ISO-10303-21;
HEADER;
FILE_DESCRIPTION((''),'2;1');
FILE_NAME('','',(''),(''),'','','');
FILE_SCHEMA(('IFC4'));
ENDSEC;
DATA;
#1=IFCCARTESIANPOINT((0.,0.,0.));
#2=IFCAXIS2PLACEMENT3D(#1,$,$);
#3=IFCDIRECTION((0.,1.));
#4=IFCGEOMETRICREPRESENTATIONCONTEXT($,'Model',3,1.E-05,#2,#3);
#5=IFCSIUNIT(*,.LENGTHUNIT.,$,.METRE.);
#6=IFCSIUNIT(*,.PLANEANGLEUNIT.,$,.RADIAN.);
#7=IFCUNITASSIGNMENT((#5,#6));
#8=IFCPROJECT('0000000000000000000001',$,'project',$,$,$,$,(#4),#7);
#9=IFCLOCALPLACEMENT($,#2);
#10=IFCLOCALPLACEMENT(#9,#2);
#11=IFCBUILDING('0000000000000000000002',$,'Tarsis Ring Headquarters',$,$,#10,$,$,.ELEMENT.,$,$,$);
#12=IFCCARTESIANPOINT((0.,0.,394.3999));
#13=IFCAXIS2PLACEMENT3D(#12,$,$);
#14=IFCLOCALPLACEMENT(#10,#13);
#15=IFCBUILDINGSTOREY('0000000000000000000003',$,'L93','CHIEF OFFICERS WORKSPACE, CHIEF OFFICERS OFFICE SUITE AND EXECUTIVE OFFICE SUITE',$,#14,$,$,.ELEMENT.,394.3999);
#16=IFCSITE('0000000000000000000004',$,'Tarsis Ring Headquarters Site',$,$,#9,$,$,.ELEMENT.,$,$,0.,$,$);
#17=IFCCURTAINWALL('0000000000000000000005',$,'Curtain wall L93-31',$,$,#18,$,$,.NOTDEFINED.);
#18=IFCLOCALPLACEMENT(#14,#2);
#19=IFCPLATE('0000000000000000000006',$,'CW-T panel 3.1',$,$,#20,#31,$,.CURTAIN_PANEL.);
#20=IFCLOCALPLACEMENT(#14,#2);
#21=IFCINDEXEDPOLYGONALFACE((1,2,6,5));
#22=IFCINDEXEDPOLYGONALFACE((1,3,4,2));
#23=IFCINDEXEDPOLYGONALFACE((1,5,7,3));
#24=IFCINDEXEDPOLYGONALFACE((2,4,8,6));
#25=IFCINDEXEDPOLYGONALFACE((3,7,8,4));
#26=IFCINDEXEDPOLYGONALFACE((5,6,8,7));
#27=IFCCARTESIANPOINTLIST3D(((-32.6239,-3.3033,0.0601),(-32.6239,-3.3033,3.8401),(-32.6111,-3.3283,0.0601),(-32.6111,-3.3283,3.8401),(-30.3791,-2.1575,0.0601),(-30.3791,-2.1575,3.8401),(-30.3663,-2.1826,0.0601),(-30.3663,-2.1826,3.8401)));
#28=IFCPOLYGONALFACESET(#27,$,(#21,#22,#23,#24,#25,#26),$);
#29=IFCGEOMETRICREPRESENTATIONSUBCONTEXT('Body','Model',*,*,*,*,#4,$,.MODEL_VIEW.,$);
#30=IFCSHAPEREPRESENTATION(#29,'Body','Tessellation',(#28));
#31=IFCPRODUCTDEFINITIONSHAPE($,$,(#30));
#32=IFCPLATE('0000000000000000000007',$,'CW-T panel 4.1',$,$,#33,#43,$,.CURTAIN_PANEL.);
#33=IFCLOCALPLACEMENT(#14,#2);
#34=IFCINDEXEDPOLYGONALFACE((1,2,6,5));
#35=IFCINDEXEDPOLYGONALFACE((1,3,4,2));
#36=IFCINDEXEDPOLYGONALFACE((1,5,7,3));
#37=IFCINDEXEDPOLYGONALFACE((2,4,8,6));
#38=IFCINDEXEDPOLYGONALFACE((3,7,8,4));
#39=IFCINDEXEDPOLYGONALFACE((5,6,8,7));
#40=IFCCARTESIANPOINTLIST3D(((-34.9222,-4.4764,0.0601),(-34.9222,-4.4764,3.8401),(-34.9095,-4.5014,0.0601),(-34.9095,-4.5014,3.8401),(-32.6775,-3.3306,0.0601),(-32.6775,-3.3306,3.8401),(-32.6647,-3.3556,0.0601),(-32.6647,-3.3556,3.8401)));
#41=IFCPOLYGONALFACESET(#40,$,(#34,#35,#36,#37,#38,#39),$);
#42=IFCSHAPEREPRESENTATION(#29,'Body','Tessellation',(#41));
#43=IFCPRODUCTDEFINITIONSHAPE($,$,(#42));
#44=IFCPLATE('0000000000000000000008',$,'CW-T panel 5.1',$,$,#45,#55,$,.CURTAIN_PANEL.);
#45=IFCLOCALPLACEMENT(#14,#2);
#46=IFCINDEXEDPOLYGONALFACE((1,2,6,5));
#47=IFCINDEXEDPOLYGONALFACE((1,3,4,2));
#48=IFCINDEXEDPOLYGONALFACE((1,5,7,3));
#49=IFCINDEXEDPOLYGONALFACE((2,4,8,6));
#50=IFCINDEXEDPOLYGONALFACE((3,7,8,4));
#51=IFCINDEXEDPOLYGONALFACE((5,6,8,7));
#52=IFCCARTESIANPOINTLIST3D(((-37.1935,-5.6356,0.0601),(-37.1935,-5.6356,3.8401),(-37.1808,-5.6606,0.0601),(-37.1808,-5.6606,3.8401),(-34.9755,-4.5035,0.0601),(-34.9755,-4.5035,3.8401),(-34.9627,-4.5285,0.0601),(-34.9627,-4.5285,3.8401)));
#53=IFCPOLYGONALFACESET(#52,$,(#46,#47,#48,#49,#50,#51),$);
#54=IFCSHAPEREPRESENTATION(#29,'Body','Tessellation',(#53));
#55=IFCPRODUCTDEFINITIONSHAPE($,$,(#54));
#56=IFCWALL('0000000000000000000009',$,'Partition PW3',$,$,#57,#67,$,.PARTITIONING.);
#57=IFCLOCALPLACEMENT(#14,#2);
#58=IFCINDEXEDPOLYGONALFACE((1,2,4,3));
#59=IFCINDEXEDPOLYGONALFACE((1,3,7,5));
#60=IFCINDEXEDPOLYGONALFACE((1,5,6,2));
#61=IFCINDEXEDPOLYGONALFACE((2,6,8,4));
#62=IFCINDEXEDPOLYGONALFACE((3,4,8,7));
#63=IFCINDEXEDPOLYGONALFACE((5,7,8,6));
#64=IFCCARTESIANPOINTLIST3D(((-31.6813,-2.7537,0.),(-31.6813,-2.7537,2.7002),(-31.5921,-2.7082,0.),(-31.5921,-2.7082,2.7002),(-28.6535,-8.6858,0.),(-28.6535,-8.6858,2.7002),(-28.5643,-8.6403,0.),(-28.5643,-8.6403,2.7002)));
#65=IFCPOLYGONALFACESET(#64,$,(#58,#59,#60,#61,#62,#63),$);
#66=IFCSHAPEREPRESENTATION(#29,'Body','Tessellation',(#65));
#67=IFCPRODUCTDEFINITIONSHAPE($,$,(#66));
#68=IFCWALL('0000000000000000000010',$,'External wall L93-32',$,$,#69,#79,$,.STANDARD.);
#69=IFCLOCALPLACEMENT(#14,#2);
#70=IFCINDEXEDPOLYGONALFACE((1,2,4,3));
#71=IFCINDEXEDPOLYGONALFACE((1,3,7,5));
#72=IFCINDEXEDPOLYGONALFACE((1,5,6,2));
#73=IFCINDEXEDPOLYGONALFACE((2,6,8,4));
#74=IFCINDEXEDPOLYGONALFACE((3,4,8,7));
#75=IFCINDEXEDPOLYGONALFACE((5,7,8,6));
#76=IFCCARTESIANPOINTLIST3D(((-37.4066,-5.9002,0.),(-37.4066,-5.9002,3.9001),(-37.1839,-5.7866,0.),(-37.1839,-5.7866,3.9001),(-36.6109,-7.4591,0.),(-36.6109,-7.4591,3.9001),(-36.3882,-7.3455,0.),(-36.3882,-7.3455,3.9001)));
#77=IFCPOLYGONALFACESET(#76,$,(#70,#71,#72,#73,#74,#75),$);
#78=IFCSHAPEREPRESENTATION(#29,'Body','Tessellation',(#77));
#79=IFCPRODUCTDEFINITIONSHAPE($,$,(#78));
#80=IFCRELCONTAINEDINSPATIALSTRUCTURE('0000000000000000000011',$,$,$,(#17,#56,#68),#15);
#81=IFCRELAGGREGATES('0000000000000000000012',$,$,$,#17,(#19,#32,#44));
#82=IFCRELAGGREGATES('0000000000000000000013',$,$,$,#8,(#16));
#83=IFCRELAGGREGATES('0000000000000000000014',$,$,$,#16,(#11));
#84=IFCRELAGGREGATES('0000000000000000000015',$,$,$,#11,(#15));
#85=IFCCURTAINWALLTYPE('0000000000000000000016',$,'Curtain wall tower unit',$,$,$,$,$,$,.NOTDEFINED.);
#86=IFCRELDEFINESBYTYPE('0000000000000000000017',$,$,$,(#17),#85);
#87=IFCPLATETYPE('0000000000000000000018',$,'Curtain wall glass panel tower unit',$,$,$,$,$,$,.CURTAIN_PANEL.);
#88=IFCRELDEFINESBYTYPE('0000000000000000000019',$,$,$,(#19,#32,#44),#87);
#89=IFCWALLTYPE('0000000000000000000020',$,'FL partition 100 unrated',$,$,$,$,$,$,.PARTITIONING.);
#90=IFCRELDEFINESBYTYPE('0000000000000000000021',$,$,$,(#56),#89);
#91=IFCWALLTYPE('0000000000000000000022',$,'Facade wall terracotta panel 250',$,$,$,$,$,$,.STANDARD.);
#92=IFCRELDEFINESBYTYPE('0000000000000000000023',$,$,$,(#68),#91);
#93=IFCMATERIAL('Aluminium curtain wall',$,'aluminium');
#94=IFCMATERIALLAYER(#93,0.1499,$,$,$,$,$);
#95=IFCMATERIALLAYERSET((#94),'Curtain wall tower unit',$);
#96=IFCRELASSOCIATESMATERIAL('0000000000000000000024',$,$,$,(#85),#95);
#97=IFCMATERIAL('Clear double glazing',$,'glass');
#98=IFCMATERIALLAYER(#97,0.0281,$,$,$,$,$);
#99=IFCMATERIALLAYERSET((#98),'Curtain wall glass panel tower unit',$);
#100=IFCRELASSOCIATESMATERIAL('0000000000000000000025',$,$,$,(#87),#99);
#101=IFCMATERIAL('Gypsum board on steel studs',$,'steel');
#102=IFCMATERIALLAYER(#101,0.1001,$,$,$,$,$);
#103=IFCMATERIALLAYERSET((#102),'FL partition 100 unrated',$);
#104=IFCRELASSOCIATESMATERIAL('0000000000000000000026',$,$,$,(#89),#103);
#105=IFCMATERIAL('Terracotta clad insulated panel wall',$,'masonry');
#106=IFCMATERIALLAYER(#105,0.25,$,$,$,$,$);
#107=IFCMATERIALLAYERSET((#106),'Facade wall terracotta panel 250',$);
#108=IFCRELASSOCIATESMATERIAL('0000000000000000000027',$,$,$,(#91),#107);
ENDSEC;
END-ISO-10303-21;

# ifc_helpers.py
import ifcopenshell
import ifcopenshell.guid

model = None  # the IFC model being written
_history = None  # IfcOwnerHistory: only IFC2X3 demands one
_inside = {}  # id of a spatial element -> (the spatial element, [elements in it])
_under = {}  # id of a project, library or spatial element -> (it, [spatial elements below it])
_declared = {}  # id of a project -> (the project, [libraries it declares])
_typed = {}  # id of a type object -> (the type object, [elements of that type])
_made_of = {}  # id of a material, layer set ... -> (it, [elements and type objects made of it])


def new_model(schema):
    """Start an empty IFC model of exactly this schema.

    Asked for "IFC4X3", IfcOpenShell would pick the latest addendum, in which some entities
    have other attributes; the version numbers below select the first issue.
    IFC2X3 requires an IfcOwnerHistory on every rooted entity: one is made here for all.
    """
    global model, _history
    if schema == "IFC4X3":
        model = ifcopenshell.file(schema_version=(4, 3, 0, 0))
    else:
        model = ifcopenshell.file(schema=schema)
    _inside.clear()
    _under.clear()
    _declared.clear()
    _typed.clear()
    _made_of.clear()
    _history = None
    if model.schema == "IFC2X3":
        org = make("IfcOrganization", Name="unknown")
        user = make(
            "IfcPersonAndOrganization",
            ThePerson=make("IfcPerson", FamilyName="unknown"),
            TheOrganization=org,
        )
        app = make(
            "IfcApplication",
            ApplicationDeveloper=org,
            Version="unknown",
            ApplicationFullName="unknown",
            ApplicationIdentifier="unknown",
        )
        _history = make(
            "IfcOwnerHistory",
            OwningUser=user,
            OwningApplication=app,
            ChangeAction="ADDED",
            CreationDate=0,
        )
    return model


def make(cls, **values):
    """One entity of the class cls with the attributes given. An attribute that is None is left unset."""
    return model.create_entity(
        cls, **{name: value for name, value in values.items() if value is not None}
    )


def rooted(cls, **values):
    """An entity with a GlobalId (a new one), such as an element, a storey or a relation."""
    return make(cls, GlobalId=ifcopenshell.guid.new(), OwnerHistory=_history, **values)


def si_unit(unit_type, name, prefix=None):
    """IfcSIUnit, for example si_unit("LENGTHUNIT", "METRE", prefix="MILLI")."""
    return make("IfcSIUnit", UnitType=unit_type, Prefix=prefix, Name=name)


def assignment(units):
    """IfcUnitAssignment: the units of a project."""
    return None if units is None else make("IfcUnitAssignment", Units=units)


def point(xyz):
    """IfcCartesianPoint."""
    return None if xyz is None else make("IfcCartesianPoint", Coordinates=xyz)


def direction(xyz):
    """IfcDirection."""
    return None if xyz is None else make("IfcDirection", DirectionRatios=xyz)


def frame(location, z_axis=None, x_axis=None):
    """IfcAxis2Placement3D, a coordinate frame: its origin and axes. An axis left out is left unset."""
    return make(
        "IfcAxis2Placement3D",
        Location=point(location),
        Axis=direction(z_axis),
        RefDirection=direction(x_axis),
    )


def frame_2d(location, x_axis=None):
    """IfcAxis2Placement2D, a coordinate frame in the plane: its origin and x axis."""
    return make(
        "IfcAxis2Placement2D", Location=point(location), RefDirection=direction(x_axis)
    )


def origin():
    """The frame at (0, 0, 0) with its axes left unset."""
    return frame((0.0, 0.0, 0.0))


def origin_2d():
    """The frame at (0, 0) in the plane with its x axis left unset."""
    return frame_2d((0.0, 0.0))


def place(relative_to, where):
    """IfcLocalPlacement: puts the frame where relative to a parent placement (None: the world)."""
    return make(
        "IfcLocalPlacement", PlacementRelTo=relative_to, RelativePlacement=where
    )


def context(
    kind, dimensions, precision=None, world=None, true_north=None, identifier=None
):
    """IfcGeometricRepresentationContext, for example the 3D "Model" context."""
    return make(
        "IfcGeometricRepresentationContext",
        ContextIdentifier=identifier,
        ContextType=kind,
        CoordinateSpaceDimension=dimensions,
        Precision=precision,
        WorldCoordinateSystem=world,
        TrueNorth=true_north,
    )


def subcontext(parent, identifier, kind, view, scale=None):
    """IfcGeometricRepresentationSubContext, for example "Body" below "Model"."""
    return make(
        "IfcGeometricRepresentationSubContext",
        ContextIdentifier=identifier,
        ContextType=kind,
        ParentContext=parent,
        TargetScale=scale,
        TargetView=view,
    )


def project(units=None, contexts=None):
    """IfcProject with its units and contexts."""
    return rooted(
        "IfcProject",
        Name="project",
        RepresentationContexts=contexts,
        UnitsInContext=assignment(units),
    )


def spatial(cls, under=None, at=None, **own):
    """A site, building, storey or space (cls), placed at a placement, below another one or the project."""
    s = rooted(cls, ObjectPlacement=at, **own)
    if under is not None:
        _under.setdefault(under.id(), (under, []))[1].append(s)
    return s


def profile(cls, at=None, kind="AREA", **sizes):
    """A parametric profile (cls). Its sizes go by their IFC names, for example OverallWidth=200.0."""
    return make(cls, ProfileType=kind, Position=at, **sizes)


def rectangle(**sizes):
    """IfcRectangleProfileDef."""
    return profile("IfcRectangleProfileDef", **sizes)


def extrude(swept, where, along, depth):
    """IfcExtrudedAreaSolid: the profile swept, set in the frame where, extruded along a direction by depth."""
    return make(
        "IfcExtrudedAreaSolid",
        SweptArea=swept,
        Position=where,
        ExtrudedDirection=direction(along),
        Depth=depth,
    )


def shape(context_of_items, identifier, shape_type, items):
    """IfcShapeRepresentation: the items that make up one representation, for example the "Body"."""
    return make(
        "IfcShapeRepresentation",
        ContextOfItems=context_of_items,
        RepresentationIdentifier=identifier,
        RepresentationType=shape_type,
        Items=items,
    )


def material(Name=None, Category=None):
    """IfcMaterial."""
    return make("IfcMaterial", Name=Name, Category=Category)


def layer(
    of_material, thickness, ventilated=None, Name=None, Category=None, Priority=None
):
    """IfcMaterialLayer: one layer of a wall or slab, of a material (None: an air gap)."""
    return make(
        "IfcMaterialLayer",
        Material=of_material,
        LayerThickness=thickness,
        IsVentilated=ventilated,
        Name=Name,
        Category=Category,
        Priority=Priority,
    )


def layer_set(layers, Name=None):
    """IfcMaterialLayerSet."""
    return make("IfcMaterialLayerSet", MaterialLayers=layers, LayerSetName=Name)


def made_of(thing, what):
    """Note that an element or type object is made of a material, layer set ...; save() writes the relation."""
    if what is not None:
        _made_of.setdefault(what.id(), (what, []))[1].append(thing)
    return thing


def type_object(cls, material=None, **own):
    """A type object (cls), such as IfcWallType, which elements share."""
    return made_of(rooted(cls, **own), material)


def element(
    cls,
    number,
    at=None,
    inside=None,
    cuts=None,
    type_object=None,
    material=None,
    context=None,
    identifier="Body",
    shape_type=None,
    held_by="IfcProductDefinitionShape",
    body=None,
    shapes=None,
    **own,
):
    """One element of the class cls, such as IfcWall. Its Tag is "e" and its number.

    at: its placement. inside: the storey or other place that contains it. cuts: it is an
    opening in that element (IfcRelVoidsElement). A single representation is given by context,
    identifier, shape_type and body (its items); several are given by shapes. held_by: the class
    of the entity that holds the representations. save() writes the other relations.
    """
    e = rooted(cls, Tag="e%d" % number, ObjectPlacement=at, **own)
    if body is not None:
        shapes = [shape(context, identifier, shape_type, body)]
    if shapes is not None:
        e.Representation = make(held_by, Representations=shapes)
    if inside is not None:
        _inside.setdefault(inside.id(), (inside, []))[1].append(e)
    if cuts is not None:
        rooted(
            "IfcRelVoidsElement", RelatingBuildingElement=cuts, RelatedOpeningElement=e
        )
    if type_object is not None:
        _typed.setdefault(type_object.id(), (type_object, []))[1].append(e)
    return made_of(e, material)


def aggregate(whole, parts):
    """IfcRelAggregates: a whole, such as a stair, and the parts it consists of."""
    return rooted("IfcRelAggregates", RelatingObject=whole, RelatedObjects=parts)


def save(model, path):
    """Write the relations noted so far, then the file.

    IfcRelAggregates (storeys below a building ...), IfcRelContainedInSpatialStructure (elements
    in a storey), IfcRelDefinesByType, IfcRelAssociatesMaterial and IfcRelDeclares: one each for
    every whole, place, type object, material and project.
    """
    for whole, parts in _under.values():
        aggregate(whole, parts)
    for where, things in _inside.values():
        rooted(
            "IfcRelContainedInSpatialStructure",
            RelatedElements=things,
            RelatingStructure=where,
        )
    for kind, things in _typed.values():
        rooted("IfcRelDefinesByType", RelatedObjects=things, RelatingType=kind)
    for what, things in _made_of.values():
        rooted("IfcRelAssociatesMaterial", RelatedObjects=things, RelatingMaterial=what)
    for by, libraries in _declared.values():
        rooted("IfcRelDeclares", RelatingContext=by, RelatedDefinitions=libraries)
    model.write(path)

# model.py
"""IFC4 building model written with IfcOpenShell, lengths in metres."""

from ifc_helpers import new_model, si_unit, direction, frame, frame_2d, origin, origin_2d, place, context, subcontext, project, spatial, rectangle, extrude, material, layer, layer_set, type_object, element, aggregate, save


model = new_model("IFC4")

# Units and contexts
model_context = context("Model", 3, precision=1e-05, world=origin(), true_north=direction((0.0, 1.0)))
body_context = subcontext(model_context, "Body", "Model", "MODEL_VIEW")
ifc_project = project(units=[si_unit("LENGTHUNIT", "METRE"), si_unit("PLANEANGLEUNIT", "RADIAN")], contexts=[model_context])

# Site, building, storey
site_placement = place(None, origin())
site = spatial("IfcSite", under=ifc_project, at=site_placement, Name="Tarsis Ring Headquarters Site", CompositionType="ELEMENT", RefElevation=0.0)
building_placement = place(site_placement, origin())
building = spatial("IfcBuilding", under=site, at=building_placement, Name="Tarsis Ring Headquarters", CompositionType="ELEMENT")
storey_placement = place(building_placement, frame((0.0, 0.0, 394.3999)))
storey = spatial("IfcBuildingStorey", under=building, at=storey_placement, Name="L93", Description="CHIEF OFFICERS WORKSPACE, CHIEF OFFICERS OFFICE SUITE AND EXECUTIVE OFFICE SUITE", CompositionType="ELEMENT", Elevation=394.3999)

# Curtain wall
ifc_material_1 = material(Name="Aluminium curtain wall", Category="aluminium")
ifc_layer_1 = layer(ifc_material_1, 0.1499)
ifc_layer_set_1 = layer_set([ifc_layer_1], Name="Curtain wall tower unit")
curtain_wall_type = type_object("IfcCurtainWallType", Name="Curtain wall tower unit", PredefinedType="NOTDEFINED", material=ifc_layer_set_1)
curtain_wall_placement = place(storey_placement, origin())
curtain_wall = element("IfcCurtainWall", 1, at=curtain_wall_placement, inside=storey, type_object=curtain_wall_type, Name="Curtain wall L93-31", PredefinedType="NOTDEFINED")

# Plates
ifc_material_2 = material(Name="Clear double glazing", Category="glass")
ifc_layer_2 = layer(ifc_material_2, 0.0281)
ifc_layer_set_2 = layer_set([ifc_layer_2], Name="Curtain wall glass panel tower unit")
plate_type = type_object("IfcPlateType", Name="Curtain wall glass panel tower unit", PredefinedType="CURTAIN_PANEL", material=ifc_layer_set_2)
plate_1_placement = place(storey_placement, frame((-31.4951, -2.7429, 0.0601), z_axis=(0.0, 0.0, 1.0), x_axis=(-0.890689, -0.454612, 0.0)))
plate_1 = element("IfcPlate", 2, at=plate_1_placement, type_object=plate_type, Name="CW-T panel 3.1", PredefinedType="CURTAIN_PANEL", context=body_context, shape_type="SweptSolid", body=[
    extrude(rectangle(XDim=2.5203, YDim=0.0281, at=origin_2d()), origin(), (0.0, 0.0, 1.0), 3.78),
])
plate_2_placement = place(storey_placement, frame((-33.7935, -3.916, 0.0601), z_axis=(0.0, 0.0, 1.0), x_axis=(-0.890689, -0.454612, 0.0)))
plate_2 = element("IfcPlate", 3, at=plate_2_placement, type_object=plate_type, Name="CW-T panel 4.1", PredefinedType="CURTAIN_PANEL", context=body_context, shape_type="SweptSolid", body=[
    extrude(rectangle(XDim=2.5203, YDim=0.0281, at=origin_2d()), origin(), (0.0, 0.0, 1.0), 3.78),
])
plate_3_placement = place(storey_placement, frame((-36.0781, -5.082, 0.0601), z_axis=(0.0, 0.0, 1.0), x_axis=(-0.890689, -0.454612, 0.0)))
plate_3 = element("IfcPlate", 4, at=plate_3_placement, type_object=plate_type, Name="CW-T panel 5.1", PredefinedType="CURTAIN_PANEL", context=body_context, shape_type="SweptSolid", body=[
    extrude(rectangle(XDim=2.4902, YDim=0.0281, at=origin_2d()), origin(), (0.0, 0.0, 1.0), 3.78),
])
aggregate(curtain_wall, [plate_1, plate_2, plate_3])

# Walls
ifc_material_3 = material(Name="Gypsum board on steel studs", Category="steel")
ifc_layer_3 = layer(ifc_material_3, 0.1001)
ifc_layer_set_3 = layer_set([ifc_layer_3], Name="FL partition 100 unrated")
wall_type_1 = type_object("IfcWallType", Name="FL partition 100 unrated", PredefinedType="PARTITIONING", material=ifc_layer_set_3)
wall_1_placement = place(storey_placement, frame((-31.6367, -2.731, 0.0), z_axis=(0.0, 0.0, 1.0), x_axis=(0.454618, -0.890687, 0.0)))
element("IfcWall", 5, at=wall_1_placement, inside=storey, type_object=wall_type_1, Name="Partition PW3", PredefinedType="PARTITIONING", context=body_context, shape_type="SweptSolid", body=[
    extrude(rectangle(XDim=6.6602, YDim=0.1001, at=frame_2d((3.3301, 0.0))), origin(), (0.0, 0.0, 1.0), 2.7002),
])
ifc_material_4 = material(Name="Terracotta clad insulated panel wall", Category="masonry")
ifc_layer_4 = layer(ifc_material_4, 0.25)
ifc_layer_set_4 = layer_set([ifc_layer_4], Name="Facade wall terracotta panel 250")
wall_type_2 = type_object("IfcWallType", Name="Facade wall terracotta panel 250", PredefinedType="STANDARD", material=ifc_layer_set_4)
wall_2_placement = place(storey_placement, frame((-37.2952, -5.8435, 0.0), z_axis=(0.0, 0.0, 1.0), x_axis=(0.454619, -0.890686, 0.0)))
element("IfcWall", 6, at=wall_2_placement, inside=storey, type_object=wall_type_2, Name="External wall L93-32", PredefinedType="STANDARD", context=body_context, shape_type="SweptSolid", body=[
    extrude(rectangle(XDim=1.7502, YDim=0.25, at=frame_2d((0.875, 0.0))), origin(), (0.0, 0.0, 1.0), 3.9001),
])

save(model, "model.ifc")
